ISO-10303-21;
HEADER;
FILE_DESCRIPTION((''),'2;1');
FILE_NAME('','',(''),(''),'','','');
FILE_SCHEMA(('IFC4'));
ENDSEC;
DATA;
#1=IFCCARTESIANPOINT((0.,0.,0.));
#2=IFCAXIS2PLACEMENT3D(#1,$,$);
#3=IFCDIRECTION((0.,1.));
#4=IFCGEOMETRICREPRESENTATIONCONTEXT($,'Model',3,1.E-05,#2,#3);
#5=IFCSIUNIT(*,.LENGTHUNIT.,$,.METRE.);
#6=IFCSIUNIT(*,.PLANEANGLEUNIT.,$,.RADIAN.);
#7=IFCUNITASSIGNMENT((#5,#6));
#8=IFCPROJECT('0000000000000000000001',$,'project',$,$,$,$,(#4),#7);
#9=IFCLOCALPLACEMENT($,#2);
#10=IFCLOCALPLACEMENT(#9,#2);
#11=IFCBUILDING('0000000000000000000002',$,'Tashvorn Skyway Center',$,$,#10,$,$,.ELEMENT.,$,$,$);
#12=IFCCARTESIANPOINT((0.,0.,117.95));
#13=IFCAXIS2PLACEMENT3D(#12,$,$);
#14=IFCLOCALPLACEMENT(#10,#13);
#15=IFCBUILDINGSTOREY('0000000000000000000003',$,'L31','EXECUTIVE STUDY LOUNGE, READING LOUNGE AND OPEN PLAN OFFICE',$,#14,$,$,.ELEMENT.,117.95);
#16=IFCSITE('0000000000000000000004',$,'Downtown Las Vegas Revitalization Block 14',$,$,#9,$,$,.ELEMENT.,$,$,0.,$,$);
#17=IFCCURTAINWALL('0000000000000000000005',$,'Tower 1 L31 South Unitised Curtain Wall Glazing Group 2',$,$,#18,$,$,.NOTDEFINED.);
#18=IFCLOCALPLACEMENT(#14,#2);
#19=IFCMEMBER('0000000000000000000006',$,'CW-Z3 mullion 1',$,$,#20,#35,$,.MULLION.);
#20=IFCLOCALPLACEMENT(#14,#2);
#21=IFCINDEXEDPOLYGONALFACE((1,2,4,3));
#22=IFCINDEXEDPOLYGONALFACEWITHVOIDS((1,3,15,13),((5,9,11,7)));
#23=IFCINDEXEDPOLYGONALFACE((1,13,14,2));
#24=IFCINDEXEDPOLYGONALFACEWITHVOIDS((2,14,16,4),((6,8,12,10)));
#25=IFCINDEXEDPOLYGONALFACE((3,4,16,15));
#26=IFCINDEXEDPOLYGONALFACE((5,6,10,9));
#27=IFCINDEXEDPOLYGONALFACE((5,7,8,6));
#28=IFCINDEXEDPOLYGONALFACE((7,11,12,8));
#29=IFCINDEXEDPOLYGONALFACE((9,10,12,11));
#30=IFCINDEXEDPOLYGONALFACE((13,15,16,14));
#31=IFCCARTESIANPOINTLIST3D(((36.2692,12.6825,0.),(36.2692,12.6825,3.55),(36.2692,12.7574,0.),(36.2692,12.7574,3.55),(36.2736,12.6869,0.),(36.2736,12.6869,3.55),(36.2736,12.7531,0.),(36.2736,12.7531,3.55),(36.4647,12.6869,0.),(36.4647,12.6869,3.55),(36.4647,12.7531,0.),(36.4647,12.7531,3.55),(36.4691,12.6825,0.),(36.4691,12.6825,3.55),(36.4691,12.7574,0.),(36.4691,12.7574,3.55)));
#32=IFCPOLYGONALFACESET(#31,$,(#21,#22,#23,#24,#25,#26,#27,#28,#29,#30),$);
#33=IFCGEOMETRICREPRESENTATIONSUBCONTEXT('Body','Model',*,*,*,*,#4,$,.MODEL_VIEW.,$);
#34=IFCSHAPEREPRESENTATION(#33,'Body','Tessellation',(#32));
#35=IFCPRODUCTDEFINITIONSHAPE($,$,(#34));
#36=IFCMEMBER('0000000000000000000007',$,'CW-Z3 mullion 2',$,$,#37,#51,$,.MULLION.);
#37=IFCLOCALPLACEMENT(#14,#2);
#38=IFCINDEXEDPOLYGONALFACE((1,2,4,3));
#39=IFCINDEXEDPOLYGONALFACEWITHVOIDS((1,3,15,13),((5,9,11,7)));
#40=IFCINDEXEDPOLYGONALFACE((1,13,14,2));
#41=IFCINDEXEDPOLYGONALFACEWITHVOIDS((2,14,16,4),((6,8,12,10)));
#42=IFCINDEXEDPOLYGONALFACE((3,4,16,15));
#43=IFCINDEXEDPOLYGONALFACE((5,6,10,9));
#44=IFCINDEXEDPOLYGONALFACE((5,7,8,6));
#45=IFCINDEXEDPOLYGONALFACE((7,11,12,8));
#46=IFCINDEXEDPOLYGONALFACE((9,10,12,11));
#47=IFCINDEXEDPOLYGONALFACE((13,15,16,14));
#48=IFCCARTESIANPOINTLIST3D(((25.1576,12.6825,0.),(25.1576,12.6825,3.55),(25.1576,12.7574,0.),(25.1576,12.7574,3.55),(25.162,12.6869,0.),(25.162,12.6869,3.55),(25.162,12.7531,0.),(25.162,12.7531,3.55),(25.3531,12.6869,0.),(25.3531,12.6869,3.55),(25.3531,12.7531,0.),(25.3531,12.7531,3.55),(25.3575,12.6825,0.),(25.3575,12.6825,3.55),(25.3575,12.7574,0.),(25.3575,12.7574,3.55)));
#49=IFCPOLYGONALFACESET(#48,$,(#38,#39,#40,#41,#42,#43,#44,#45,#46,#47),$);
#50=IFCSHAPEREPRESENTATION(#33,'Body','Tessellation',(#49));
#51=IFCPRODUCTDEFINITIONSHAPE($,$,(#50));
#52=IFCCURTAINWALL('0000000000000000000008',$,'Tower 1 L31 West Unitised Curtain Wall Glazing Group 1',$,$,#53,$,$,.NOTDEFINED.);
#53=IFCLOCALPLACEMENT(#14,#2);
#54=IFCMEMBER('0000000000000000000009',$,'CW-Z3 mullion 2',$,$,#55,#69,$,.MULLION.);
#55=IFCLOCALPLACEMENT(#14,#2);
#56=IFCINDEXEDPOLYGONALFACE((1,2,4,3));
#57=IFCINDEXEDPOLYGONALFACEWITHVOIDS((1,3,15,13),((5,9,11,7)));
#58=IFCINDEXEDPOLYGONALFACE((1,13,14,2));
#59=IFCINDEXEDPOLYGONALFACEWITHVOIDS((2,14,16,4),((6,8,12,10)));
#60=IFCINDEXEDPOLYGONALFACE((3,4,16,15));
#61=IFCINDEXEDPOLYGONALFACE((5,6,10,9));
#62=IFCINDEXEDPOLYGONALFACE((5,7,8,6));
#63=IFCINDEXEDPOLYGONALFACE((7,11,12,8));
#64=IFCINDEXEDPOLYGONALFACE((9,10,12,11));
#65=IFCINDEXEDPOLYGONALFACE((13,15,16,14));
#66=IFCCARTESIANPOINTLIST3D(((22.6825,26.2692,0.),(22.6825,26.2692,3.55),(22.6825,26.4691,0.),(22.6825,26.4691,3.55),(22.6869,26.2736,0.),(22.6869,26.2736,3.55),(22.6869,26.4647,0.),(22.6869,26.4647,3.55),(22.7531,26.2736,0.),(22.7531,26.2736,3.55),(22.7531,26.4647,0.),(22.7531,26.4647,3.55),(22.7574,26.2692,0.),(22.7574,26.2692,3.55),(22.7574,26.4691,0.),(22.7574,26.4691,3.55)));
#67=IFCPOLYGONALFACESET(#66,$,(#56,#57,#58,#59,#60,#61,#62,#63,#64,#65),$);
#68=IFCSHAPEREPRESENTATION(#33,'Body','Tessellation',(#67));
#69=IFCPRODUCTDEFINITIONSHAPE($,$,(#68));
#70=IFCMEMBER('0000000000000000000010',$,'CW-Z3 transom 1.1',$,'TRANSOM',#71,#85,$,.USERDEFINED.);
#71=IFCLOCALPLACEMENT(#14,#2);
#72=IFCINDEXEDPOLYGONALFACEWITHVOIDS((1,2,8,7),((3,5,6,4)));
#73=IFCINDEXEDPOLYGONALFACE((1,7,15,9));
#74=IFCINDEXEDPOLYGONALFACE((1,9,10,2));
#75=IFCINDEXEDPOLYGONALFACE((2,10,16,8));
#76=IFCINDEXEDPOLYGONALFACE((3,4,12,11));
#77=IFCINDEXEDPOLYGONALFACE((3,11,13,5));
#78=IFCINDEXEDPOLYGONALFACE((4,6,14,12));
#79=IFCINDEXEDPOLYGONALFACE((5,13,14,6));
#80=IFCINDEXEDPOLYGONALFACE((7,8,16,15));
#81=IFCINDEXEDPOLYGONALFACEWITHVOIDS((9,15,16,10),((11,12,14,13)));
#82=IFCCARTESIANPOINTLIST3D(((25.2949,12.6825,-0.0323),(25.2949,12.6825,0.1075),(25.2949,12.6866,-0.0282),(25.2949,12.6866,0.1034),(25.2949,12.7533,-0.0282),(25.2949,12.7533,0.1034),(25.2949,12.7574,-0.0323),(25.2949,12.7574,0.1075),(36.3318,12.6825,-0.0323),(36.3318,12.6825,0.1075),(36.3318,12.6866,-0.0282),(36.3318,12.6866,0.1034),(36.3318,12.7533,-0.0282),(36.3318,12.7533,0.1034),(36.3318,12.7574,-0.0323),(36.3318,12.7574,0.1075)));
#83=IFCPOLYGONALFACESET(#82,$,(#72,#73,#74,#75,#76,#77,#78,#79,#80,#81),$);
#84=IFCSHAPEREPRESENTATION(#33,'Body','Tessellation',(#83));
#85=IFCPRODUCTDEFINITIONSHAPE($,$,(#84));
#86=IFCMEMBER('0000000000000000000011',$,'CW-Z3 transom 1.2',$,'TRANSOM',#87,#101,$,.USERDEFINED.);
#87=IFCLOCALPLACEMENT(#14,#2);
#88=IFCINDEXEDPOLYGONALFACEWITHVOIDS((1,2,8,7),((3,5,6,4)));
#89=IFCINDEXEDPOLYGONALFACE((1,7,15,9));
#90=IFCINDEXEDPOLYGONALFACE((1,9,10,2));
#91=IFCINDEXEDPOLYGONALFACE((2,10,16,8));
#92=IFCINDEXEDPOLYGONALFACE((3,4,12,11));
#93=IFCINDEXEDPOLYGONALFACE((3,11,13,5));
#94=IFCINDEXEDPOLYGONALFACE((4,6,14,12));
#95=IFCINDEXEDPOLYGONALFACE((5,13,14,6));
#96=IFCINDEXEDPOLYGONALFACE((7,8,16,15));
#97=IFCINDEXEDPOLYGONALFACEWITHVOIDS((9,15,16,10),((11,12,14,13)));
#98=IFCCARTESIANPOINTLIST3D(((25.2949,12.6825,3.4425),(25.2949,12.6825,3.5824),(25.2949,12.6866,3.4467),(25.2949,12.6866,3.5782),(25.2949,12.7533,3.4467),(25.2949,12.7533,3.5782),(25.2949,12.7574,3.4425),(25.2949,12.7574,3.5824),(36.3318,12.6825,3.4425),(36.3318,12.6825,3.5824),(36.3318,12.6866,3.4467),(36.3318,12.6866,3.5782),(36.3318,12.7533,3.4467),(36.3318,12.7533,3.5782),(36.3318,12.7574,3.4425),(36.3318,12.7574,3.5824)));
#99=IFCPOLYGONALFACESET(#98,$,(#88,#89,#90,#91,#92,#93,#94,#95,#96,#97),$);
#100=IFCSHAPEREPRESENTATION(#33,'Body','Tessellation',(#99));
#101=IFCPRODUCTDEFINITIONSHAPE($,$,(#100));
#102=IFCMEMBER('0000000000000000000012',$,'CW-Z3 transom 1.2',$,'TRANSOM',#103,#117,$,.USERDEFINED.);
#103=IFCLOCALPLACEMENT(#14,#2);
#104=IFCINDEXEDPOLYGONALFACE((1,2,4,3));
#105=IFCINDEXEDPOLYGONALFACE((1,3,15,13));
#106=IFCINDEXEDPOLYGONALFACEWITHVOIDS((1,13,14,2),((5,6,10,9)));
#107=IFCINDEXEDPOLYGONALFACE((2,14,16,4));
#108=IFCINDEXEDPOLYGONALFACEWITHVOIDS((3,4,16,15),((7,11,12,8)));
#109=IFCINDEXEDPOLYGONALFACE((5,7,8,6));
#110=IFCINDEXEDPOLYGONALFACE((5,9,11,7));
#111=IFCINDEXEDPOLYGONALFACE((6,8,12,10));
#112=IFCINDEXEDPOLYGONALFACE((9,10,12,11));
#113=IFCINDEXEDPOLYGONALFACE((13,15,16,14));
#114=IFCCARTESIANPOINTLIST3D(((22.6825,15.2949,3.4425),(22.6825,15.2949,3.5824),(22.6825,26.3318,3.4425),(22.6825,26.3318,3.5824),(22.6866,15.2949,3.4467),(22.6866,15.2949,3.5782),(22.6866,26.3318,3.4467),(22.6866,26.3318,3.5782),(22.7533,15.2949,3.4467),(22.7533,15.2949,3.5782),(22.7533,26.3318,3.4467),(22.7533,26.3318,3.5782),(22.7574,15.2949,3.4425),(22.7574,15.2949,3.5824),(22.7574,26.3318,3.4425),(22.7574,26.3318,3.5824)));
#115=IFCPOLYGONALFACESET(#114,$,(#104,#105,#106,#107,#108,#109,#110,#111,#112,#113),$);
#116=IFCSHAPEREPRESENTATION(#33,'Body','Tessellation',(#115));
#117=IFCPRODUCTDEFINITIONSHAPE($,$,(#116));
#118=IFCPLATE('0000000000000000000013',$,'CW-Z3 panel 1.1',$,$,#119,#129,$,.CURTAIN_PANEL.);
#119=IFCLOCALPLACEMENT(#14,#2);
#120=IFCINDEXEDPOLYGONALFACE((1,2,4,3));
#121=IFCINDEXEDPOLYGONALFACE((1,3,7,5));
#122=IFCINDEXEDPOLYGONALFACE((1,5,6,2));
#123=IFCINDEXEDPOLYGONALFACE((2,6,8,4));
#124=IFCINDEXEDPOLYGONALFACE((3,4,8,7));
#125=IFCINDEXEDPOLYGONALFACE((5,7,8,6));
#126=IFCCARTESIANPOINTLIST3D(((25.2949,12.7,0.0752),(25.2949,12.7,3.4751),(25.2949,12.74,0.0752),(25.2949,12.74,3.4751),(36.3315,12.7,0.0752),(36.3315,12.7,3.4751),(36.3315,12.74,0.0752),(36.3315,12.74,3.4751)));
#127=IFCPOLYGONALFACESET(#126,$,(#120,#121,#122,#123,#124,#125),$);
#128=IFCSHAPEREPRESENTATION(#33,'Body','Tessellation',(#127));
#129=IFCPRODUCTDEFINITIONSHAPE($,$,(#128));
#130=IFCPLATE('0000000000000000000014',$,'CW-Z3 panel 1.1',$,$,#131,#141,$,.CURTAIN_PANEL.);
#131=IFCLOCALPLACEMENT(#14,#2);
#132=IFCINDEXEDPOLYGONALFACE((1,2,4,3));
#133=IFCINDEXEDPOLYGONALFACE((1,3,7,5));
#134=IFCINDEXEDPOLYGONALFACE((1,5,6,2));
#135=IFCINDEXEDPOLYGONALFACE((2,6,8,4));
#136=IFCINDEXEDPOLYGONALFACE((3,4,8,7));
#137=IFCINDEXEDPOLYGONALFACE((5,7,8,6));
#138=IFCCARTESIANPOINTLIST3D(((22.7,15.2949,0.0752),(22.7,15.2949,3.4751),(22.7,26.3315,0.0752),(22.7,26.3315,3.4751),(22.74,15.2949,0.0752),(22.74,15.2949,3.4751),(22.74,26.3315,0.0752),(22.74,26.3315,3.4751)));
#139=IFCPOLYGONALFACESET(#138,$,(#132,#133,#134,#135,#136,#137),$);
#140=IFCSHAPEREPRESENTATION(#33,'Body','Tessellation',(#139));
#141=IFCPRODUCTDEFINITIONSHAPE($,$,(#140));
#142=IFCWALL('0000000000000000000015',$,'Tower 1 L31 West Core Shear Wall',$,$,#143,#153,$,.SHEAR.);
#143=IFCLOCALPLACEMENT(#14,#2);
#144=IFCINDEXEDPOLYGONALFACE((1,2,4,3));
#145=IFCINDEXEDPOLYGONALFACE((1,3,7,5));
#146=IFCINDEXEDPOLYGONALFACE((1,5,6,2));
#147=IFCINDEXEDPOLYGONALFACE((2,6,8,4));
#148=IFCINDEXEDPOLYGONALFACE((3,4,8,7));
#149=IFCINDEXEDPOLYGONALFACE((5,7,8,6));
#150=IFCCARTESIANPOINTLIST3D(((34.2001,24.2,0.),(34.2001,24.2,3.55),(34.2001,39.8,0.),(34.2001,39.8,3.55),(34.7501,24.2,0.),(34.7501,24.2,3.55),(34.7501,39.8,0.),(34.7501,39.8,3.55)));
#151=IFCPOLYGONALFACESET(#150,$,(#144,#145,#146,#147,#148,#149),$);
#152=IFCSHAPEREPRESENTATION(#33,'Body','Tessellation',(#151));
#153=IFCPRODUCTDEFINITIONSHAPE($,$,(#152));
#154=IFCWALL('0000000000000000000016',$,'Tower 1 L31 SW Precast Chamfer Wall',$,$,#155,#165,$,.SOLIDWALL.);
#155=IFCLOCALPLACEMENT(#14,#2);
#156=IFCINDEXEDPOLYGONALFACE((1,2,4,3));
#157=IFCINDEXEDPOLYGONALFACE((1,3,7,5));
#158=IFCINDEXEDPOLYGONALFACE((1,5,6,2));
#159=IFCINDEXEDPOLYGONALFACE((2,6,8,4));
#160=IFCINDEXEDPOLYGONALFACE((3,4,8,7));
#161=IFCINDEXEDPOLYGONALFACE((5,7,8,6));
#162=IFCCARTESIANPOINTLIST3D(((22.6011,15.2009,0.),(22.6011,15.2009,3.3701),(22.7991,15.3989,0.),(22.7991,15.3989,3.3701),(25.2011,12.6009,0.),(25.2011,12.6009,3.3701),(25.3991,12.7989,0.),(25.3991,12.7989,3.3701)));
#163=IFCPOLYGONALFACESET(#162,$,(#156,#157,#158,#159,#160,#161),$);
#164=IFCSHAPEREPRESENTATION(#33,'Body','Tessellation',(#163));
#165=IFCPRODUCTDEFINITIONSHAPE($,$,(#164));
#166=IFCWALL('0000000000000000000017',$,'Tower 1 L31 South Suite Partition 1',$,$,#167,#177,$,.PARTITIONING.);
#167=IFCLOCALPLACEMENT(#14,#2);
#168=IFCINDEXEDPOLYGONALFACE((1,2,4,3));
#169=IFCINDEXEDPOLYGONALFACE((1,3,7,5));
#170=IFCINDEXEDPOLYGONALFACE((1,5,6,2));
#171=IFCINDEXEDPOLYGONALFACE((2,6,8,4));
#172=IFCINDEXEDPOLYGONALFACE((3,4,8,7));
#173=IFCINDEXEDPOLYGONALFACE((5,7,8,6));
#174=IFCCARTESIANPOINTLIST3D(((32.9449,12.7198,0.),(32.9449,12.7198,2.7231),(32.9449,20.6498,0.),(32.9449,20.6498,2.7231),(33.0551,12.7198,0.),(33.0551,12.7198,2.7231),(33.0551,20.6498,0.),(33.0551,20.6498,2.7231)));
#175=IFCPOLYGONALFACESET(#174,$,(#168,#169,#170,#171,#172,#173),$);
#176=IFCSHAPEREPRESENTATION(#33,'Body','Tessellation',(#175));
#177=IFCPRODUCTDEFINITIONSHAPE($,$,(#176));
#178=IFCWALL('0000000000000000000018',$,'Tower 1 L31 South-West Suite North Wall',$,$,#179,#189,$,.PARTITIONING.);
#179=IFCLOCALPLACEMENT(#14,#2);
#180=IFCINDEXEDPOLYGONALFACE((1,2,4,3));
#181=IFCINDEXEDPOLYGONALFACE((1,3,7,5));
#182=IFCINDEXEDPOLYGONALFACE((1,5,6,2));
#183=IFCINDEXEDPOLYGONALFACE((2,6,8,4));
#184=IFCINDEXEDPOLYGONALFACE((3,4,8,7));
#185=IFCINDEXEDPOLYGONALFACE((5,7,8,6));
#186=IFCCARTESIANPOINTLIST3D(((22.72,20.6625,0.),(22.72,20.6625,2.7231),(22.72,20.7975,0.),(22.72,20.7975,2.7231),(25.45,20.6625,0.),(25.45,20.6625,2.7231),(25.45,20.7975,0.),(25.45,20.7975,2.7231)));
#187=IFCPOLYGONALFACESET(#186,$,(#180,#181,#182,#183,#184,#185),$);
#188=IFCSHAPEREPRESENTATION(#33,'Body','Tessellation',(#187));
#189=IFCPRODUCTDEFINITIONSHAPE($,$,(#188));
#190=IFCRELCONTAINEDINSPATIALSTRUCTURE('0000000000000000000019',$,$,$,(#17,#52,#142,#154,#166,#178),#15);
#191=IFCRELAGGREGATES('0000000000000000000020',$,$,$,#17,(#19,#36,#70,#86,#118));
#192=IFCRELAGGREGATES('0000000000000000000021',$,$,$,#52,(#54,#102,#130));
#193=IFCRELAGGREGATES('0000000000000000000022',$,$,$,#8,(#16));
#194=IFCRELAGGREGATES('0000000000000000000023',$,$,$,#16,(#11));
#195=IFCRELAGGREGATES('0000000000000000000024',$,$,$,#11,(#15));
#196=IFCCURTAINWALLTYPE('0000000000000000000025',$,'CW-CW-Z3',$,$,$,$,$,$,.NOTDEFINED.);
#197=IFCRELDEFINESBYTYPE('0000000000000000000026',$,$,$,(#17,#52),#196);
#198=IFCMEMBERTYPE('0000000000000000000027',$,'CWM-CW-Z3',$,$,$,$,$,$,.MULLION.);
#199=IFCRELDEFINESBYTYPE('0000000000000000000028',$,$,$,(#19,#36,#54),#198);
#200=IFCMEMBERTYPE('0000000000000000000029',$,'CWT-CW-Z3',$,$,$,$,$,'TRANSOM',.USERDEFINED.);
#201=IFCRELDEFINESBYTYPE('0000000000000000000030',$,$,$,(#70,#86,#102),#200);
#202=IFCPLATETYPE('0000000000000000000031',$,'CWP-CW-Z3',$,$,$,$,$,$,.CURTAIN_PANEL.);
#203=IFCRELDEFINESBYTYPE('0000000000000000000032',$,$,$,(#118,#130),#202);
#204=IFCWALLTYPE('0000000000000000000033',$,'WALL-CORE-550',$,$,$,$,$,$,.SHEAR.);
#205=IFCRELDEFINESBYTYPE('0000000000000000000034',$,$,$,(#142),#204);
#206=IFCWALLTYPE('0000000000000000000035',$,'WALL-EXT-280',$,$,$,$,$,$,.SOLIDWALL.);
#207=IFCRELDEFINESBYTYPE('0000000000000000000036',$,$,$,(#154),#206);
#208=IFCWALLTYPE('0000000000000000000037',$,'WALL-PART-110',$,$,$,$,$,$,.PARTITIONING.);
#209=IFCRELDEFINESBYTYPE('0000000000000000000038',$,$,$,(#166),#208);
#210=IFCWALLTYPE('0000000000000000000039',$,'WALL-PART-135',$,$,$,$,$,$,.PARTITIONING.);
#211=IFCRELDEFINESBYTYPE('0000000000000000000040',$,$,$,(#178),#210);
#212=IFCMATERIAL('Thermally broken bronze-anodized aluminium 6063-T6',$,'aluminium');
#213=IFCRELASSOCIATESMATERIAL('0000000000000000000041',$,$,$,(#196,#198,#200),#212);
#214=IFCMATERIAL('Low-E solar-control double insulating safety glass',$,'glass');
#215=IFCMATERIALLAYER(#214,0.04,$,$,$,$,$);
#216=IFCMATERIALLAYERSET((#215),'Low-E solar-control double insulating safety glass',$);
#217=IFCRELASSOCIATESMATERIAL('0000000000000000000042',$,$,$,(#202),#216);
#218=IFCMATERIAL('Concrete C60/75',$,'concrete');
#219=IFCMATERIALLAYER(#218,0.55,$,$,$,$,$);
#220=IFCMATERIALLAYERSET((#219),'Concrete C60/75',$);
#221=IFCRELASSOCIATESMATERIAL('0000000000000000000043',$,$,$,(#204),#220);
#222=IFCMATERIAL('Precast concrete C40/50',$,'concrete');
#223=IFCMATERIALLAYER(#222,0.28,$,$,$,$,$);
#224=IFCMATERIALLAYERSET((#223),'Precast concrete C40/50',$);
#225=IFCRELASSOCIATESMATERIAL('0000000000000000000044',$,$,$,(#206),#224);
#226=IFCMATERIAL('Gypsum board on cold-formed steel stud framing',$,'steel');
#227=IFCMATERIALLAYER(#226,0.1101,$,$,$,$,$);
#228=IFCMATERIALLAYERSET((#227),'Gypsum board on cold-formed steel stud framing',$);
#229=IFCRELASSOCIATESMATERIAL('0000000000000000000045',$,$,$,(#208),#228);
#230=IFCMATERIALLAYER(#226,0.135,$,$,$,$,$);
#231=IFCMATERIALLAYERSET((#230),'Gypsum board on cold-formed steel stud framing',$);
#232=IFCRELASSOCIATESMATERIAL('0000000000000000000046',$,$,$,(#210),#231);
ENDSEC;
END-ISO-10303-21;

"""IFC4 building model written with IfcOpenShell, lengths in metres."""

from ifc_helpers import new_model, si_unit, direction, frame, frame_2d, origin, origin_2d, place, context, subcontext, project, spatial, rectangle, hollow_rectangle, extrude, material, layer, layer_set, material_profile, profile_set, type_object, element, aggregate, save


model = new_model("IFC4")

# Units and contexts
model_context = context("Model", 3, precision=1e-05, world=origin(), true_north=direction((0.0, 1.0)))
body_context = subcontext(model_context, "Body", "Model", "MODEL_VIEW")
ifc_project = project(units=[si_unit("LENGTHUNIT", "METRE"), si_unit("PLANEANGLEUNIT", "RADIAN")], contexts=[model_context])

# Site, building, storey
site_placement = place(None, origin())
site = spatial("IfcSite", under=ifc_project, at=site_placement, Name="Downtown Las Vegas Revitalization Block 14", CompositionType="ELEMENT", RefElevation=0.0)
building_placement = place(site_placement, origin())
building = spatial("IfcBuilding", under=site, at=building_placement, Name="Tashvorn Skyway Center", CompositionType="ELEMENT")
storey_placement = place(building_placement, frame((0.0, 0.0, 117.95)))
storey = spatial("IfcBuildingStorey", under=building, at=storey_placement, Name="L31", Description="EXECUTIVE STUDY LOUNGE, READING LOUNGE AND OPEN PLAN OFFICE", CompositionType="ELEMENT", Elevation=117.95)

# Curtain wall, members
ifc_material_1 = material(Name="Thermally broken bronze-anodized aluminium 6063-T6", Category="aluminium")
curtain_wall_type = type_object("IfcCurtainWallType", Name="CW-CW-Z3", PredefinedType="NOTDEFINED", material=ifc_material_1)
curtain_wall_1_placement = place(storey_placement, origin())
curtain_wall_1 = element("IfcCurtainWall", 1, at=curtain_wall_1_placement, inside=storey, type_object=curtain_wall_type, Name="Tower 1 L31 South Unitised Curtain Wall Glazing Group 2", PredefinedType="NOTDEFINED")
ifc_material_profile_1 = material_profile(ifc_material_1, hollow_rectangle(XDim=0.075, YDim=0.2, WallThickness=0.0044, at=origin_2d()), Name="ALU-MULL-75x200")
ifc_profile_set_1 = profile_set([ifc_material_profile_1], Name="Thermally broken bronze-anodized aluminium 6063-T6")
member_type_1 = type_object("IfcMemberType", Name="CWM-CW-Z3", PredefinedType="MULLION", material=ifc_profile_set_1)
member_1_placement = place(storey_placement, frame((36.3691, 12.72, 0.0), z_axis=(0.0, 0.0, 1.0), x_axis=(0.0, -1.0, 0.0)))
member_1 = element("IfcMember", 2, at=member_1_placement, type_object=member_type_1, Name="CW-Z3 mullion 1", PredefinedType="MULLION", context=body_context, shape_type="SweptSolid", body=[
    extrude(hollow_rectangle(XDim=0.075, YDim=0.2, WallThickness=0.0044, at=origin_2d()), origin(), (0.0, 0.0, 1.0), 3.55),
])
member_2_placement = place(storey_placement, frame((25.2576, 12.72, 0.0), z_axis=(0.0, 0.0, 1.0), x_axis=(0.0, -1.0, 0.0)))
member_2 = element("IfcMember", 3, at=member_2_placement, type_object=member_type_1, Name="CW-Z3 mullion 2", PredefinedType="MULLION", context=body_context, shape_type="SweptSolid", body=[
    extrude(hollow_rectangle(XDim=0.075, YDim=0.2, WallThickness=0.0044, at=origin_2d()), origin(), (0.0, 0.0, 1.0), 3.55),
])

# Curtain wall, member
curtain_wall_2_placement = place(storey_placement, origin())
curtain_wall_2 = element("IfcCurtainWall", 4, at=curtain_wall_2_placement, inside=storey, type_object=curtain_wall_type, Name="Tower 1 L31 West Unitised Curtain Wall Glazing Group 1", PredefinedType="NOTDEFINED")
member_3_placement = place(storey_placement, frame((22.72, 26.3691, 0.0), z_axis=(0.0, 0.0, 1.0), x_axis=(-1.0, 0.0, 0.0)))
member_3 = element("IfcMember", 5, at=member_3_placement, type_object=member_type_1, Name="CW-Z3 mullion 2", PredefinedType="MULLION", context=body_context, shape_type="SweptSolid", body=[
    extrude(hollow_rectangle(XDim=0.075, YDim=0.2, WallThickness=0.0044, at=origin_2d()), origin(), (0.0, 0.0, 1.0), 3.55),
])

# Members
ifc_material_profile_2 = material_profile(ifc_material_1, hollow_rectangle(XDim=0.075, YDim=0.1399, WallThickness=0.0042, at=origin_2d()), Name="ALU-TRAN-75x140")
ifc_profile_set_2 = profile_set([ifc_material_profile_2], Name="Thermally broken bronze-anodized aluminium 6063-T6")
member_type_2 = type_object("IfcMemberType", Name="CWT-CW-Z3", ElementType="TRANSOM", PredefinedType="USERDEFINED", material=ifc_profile_set_2)
member_4_placement = place(storey_placement, frame((36.3318, 12.72, 0.0376), z_axis=(-1.0, 0.0, 0.0), x_axis=(0.0, -1.0, 0.0)))
member_4 = element("IfcMember", 6, at=member_4_placement, type_object=member_type_2, Name="CW-Z3 transom 1.1", ObjectType="TRANSOM", PredefinedType="USERDEFINED", context=body_context, shape_type="SweptSolid", body=[
    extrude(hollow_rectangle(XDim=0.075, YDim=0.1399, WallThickness=0.0042, at=origin_2d()), origin(), (0.0, 0.0, 1.0), 11.0369),
])
member_5_placement = place(storey_placement, frame((36.3318, 12.72, 3.5125), z_axis=(-1.0, 0.0, 0.0), x_axis=(0.0, -1.0, 0.0)))
member_5 = element("IfcMember", 7, at=member_5_placement, type_object=member_type_2, Name="CW-Z3 transom 1.2", ObjectType="TRANSOM", PredefinedType="USERDEFINED", context=body_context, shape_type="SweptSolid", body=[
    extrude(hollow_rectangle(XDim=0.075, YDim=0.1399, WallThickness=0.0042, at=origin_2d()), origin(), (0.0, 0.0, 1.0), 11.0369),
])
member_6_placement = place(storey_placement, frame((22.72, 15.2949, 3.5125), z_axis=(0.0, 1.0, 0.0), x_axis=(-1.0, 0.0, 0.0)))
member_6 = element("IfcMember", 8, at=member_6_placement, type_object=member_type_2, Name="CW-Z3 transom 1.2", ObjectType="TRANSOM", PredefinedType="USERDEFINED", context=body_context, shape_type="SweptSolid", body=[
    extrude(hollow_rectangle(XDim=0.075, YDim=0.1399, WallThickness=0.0042, at=origin_2d()), origin(), (0.0, 0.0, 1.0), 11.0369),
])

# Plates
ifc_material_2 = material(Name="Low-E solar-control double insulating safety glass", Category="glass")
ifc_layer_1 = layer(ifc_material_2, 0.04)
ifc_layer_set_1 = layer_set([ifc_layer_1], Name="Low-E solar-control double insulating safety glass")
plate_type = type_object("IfcPlateType", Name="CWP-CW-Z3", PredefinedType="CURTAIN_PANEL", material=ifc_layer_set_1)
plate_1_placement = place(storey_placement, frame((30.8132, 12.72, 0.0752), z_axis=(0.0, 0.0, 1.0), x_axis=(-1.0, 0.0, 0.0)))
plate_1 = element("IfcPlate", 9, at=plate_1_placement, type_object=plate_type, Name="CW-Z3 panel 1.1", PredefinedType="CURTAIN_PANEL", context=body_context, shape_type="SweptSolid", body=[
    extrude(rectangle(XDim=11.0366, YDim=0.04, at=origin_2d()), origin(), (0.0, 0.0, 1.0), 3.3999),
])
aggregate(curtain_wall_1, [member_1, member_2, member_4, member_5, plate_1])
plate_2_placement = place(storey_placement, frame((22.72, 20.8132, 0.0752), z_axis=(0.0, 0.0, 1.0), x_axis=(0.0, 1.0, 0.0)))
plate_2 = element("IfcPlate", 10, at=plate_2_placement, type_object=plate_type, Name="CW-Z3 panel 1.1", PredefinedType="CURTAIN_PANEL", context=body_context, shape_type="SweptSolid", body=[
    extrude(rectangle(XDim=11.0366, YDim=0.04, at=origin_2d()), origin(), (0.0, 0.0, 1.0), 3.3999),
])
aggregate(curtain_wall_2, [member_3, member_6, plate_2])

# Walls
ifc_material_3 = material(Name="Concrete C60/75", Category="concrete")
ifc_layer_2 = layer(ifc_material_3, 0.55)
ifc_layer_set_2 = layer_set([ifc_layer_2], Name="Concrete C60/75")
wall_type_1 = type_object("IfcWallType", Name="WALL-CORE-550", PredefinedType="SHEAR", material=ifc_layer_set_2)
wall_1_placement = place(storey_placement, frame((34.4751, 24.2, 0.0), z_axis=(0.0, 0.0, 1.0), x_axis=(0.0, 1.0, 0.0)))
element("IfcWall", 11, at=wall_1_placement, inside=storey, type_object=wall_type_1, Name="Tower 1 L31 West Core Shear Wall", PredefinedType="SHEAR", context=body_context, shape_type="SweptSolid", body=[
    extrude(rectangle(XDim=15.6001, YDim=0.55, at=frame_2d((7.8, 0.0))), origin(), (0.0, 0.0, 1.0), 3.55),
])
ifc_material_4 = material(Name="Precast concrete C40/50", Category="concrete")
ifc_layer_3 = layer(ifc_material_4, 0.28)
ifc_layer_set_3 = layer_set([ifc_layer_3], Name="Precast concrete C40/50")
wall_type_2 = type_object("IfcWallType", Name="WALL-EXT-280", PredefinedType="SOLIDWALL", material=ifc_layer_set_3)
wall_2_placement = place(storey_placement, frame((25.3, 12.7, 0.0), z_axis=(0.0, 0.0, 1.0), x_axis=(-0.707107, 0.707107, 0.0)))
element("IfcWall", 12, at=wall_2_placement, inside=storey, type_object=wall_type_2, Name="Tower 1 L31 SW Precast Chamfer Wall", PredefinedType="SOLIDWALL", context=body_context, shape_type="SweptSolid", body=[
    extrude(rectangle(XDim=3.677, YDim=0.28, at=frame_2d((1.8384, 0.0))), origin(), (0.0, 0.0, 1.0), 3.3701),
])
ifc_material_5 = material(Name="Gypsum board on cold-formed steel stud framing", Category="steel")
ifc_layer_4 = layer(ifc_material_5, 0.1101)
ifc_layer_set_4 = layer_set([ifc_layer_4], Name="Gypsum board on cold-formed steel stud framing")
wall_type_3 = type_object("IfcWallType", Name="WALL-PART-110", PredefinedType="PARTITIONING", material=ifc_layer_set_4)
wall_3_placement = place(storey_placement, frame((33.0, 12.72, 0.0), z_axis=(0.0, 0.0, 1.0), x_axis=(0.0, 1.0, 0.0)))
element("IfcWall", 13, at=wall_3_placement, inside=storey, type_object=wall_type_3, Name="Tower 1 L31 South Suite Partition 1", PredefinedType="PARTITIONING", context=body_context, shape_type="SweptSolid", body=[
    extrude(rectangle(XDim=7.9299, YDim=0.1101, at=frame_2d((3.9648, 0.0))), origin(), (0.0, 0.0, 1.0), 2.7231),
])
ifc_layer_5 = layer(ifc_material_5, 0.135)
ifc_layer_set_5 = layer_set([ifc_layer_5], Name="Gypsum board on cold-formed steel stud framing")
wall_type_4 = type_object("IfcWallType", Name="WALL-PART-135", PredefinedType="PARTITIONING", material=ifc_layer_set_5)
wall_4_placement = place(storey_placement, frame((22.72, 20.73, 0.0), z_axis=(0.0, 0.0, 1.0), x_axis=(1.0, 0.0, 0.0)))
element("IfcWall", 14, at=wall_4_placement, inside=storey, type_object=wall_type_4, Name="Tower 1 L31 South-West Suite North Wall", PredefinedType="PARTITIONING", context=body_context, shape_type="SweptSolid", body=[
    extrude(rectangle(XDim=2.73, YDim=0.135, at=frame_2d((1.365, 0.0))), origin(), (0.0, 0.0, 1.0), 2.7231),
])

save(model, "model.ifc")
